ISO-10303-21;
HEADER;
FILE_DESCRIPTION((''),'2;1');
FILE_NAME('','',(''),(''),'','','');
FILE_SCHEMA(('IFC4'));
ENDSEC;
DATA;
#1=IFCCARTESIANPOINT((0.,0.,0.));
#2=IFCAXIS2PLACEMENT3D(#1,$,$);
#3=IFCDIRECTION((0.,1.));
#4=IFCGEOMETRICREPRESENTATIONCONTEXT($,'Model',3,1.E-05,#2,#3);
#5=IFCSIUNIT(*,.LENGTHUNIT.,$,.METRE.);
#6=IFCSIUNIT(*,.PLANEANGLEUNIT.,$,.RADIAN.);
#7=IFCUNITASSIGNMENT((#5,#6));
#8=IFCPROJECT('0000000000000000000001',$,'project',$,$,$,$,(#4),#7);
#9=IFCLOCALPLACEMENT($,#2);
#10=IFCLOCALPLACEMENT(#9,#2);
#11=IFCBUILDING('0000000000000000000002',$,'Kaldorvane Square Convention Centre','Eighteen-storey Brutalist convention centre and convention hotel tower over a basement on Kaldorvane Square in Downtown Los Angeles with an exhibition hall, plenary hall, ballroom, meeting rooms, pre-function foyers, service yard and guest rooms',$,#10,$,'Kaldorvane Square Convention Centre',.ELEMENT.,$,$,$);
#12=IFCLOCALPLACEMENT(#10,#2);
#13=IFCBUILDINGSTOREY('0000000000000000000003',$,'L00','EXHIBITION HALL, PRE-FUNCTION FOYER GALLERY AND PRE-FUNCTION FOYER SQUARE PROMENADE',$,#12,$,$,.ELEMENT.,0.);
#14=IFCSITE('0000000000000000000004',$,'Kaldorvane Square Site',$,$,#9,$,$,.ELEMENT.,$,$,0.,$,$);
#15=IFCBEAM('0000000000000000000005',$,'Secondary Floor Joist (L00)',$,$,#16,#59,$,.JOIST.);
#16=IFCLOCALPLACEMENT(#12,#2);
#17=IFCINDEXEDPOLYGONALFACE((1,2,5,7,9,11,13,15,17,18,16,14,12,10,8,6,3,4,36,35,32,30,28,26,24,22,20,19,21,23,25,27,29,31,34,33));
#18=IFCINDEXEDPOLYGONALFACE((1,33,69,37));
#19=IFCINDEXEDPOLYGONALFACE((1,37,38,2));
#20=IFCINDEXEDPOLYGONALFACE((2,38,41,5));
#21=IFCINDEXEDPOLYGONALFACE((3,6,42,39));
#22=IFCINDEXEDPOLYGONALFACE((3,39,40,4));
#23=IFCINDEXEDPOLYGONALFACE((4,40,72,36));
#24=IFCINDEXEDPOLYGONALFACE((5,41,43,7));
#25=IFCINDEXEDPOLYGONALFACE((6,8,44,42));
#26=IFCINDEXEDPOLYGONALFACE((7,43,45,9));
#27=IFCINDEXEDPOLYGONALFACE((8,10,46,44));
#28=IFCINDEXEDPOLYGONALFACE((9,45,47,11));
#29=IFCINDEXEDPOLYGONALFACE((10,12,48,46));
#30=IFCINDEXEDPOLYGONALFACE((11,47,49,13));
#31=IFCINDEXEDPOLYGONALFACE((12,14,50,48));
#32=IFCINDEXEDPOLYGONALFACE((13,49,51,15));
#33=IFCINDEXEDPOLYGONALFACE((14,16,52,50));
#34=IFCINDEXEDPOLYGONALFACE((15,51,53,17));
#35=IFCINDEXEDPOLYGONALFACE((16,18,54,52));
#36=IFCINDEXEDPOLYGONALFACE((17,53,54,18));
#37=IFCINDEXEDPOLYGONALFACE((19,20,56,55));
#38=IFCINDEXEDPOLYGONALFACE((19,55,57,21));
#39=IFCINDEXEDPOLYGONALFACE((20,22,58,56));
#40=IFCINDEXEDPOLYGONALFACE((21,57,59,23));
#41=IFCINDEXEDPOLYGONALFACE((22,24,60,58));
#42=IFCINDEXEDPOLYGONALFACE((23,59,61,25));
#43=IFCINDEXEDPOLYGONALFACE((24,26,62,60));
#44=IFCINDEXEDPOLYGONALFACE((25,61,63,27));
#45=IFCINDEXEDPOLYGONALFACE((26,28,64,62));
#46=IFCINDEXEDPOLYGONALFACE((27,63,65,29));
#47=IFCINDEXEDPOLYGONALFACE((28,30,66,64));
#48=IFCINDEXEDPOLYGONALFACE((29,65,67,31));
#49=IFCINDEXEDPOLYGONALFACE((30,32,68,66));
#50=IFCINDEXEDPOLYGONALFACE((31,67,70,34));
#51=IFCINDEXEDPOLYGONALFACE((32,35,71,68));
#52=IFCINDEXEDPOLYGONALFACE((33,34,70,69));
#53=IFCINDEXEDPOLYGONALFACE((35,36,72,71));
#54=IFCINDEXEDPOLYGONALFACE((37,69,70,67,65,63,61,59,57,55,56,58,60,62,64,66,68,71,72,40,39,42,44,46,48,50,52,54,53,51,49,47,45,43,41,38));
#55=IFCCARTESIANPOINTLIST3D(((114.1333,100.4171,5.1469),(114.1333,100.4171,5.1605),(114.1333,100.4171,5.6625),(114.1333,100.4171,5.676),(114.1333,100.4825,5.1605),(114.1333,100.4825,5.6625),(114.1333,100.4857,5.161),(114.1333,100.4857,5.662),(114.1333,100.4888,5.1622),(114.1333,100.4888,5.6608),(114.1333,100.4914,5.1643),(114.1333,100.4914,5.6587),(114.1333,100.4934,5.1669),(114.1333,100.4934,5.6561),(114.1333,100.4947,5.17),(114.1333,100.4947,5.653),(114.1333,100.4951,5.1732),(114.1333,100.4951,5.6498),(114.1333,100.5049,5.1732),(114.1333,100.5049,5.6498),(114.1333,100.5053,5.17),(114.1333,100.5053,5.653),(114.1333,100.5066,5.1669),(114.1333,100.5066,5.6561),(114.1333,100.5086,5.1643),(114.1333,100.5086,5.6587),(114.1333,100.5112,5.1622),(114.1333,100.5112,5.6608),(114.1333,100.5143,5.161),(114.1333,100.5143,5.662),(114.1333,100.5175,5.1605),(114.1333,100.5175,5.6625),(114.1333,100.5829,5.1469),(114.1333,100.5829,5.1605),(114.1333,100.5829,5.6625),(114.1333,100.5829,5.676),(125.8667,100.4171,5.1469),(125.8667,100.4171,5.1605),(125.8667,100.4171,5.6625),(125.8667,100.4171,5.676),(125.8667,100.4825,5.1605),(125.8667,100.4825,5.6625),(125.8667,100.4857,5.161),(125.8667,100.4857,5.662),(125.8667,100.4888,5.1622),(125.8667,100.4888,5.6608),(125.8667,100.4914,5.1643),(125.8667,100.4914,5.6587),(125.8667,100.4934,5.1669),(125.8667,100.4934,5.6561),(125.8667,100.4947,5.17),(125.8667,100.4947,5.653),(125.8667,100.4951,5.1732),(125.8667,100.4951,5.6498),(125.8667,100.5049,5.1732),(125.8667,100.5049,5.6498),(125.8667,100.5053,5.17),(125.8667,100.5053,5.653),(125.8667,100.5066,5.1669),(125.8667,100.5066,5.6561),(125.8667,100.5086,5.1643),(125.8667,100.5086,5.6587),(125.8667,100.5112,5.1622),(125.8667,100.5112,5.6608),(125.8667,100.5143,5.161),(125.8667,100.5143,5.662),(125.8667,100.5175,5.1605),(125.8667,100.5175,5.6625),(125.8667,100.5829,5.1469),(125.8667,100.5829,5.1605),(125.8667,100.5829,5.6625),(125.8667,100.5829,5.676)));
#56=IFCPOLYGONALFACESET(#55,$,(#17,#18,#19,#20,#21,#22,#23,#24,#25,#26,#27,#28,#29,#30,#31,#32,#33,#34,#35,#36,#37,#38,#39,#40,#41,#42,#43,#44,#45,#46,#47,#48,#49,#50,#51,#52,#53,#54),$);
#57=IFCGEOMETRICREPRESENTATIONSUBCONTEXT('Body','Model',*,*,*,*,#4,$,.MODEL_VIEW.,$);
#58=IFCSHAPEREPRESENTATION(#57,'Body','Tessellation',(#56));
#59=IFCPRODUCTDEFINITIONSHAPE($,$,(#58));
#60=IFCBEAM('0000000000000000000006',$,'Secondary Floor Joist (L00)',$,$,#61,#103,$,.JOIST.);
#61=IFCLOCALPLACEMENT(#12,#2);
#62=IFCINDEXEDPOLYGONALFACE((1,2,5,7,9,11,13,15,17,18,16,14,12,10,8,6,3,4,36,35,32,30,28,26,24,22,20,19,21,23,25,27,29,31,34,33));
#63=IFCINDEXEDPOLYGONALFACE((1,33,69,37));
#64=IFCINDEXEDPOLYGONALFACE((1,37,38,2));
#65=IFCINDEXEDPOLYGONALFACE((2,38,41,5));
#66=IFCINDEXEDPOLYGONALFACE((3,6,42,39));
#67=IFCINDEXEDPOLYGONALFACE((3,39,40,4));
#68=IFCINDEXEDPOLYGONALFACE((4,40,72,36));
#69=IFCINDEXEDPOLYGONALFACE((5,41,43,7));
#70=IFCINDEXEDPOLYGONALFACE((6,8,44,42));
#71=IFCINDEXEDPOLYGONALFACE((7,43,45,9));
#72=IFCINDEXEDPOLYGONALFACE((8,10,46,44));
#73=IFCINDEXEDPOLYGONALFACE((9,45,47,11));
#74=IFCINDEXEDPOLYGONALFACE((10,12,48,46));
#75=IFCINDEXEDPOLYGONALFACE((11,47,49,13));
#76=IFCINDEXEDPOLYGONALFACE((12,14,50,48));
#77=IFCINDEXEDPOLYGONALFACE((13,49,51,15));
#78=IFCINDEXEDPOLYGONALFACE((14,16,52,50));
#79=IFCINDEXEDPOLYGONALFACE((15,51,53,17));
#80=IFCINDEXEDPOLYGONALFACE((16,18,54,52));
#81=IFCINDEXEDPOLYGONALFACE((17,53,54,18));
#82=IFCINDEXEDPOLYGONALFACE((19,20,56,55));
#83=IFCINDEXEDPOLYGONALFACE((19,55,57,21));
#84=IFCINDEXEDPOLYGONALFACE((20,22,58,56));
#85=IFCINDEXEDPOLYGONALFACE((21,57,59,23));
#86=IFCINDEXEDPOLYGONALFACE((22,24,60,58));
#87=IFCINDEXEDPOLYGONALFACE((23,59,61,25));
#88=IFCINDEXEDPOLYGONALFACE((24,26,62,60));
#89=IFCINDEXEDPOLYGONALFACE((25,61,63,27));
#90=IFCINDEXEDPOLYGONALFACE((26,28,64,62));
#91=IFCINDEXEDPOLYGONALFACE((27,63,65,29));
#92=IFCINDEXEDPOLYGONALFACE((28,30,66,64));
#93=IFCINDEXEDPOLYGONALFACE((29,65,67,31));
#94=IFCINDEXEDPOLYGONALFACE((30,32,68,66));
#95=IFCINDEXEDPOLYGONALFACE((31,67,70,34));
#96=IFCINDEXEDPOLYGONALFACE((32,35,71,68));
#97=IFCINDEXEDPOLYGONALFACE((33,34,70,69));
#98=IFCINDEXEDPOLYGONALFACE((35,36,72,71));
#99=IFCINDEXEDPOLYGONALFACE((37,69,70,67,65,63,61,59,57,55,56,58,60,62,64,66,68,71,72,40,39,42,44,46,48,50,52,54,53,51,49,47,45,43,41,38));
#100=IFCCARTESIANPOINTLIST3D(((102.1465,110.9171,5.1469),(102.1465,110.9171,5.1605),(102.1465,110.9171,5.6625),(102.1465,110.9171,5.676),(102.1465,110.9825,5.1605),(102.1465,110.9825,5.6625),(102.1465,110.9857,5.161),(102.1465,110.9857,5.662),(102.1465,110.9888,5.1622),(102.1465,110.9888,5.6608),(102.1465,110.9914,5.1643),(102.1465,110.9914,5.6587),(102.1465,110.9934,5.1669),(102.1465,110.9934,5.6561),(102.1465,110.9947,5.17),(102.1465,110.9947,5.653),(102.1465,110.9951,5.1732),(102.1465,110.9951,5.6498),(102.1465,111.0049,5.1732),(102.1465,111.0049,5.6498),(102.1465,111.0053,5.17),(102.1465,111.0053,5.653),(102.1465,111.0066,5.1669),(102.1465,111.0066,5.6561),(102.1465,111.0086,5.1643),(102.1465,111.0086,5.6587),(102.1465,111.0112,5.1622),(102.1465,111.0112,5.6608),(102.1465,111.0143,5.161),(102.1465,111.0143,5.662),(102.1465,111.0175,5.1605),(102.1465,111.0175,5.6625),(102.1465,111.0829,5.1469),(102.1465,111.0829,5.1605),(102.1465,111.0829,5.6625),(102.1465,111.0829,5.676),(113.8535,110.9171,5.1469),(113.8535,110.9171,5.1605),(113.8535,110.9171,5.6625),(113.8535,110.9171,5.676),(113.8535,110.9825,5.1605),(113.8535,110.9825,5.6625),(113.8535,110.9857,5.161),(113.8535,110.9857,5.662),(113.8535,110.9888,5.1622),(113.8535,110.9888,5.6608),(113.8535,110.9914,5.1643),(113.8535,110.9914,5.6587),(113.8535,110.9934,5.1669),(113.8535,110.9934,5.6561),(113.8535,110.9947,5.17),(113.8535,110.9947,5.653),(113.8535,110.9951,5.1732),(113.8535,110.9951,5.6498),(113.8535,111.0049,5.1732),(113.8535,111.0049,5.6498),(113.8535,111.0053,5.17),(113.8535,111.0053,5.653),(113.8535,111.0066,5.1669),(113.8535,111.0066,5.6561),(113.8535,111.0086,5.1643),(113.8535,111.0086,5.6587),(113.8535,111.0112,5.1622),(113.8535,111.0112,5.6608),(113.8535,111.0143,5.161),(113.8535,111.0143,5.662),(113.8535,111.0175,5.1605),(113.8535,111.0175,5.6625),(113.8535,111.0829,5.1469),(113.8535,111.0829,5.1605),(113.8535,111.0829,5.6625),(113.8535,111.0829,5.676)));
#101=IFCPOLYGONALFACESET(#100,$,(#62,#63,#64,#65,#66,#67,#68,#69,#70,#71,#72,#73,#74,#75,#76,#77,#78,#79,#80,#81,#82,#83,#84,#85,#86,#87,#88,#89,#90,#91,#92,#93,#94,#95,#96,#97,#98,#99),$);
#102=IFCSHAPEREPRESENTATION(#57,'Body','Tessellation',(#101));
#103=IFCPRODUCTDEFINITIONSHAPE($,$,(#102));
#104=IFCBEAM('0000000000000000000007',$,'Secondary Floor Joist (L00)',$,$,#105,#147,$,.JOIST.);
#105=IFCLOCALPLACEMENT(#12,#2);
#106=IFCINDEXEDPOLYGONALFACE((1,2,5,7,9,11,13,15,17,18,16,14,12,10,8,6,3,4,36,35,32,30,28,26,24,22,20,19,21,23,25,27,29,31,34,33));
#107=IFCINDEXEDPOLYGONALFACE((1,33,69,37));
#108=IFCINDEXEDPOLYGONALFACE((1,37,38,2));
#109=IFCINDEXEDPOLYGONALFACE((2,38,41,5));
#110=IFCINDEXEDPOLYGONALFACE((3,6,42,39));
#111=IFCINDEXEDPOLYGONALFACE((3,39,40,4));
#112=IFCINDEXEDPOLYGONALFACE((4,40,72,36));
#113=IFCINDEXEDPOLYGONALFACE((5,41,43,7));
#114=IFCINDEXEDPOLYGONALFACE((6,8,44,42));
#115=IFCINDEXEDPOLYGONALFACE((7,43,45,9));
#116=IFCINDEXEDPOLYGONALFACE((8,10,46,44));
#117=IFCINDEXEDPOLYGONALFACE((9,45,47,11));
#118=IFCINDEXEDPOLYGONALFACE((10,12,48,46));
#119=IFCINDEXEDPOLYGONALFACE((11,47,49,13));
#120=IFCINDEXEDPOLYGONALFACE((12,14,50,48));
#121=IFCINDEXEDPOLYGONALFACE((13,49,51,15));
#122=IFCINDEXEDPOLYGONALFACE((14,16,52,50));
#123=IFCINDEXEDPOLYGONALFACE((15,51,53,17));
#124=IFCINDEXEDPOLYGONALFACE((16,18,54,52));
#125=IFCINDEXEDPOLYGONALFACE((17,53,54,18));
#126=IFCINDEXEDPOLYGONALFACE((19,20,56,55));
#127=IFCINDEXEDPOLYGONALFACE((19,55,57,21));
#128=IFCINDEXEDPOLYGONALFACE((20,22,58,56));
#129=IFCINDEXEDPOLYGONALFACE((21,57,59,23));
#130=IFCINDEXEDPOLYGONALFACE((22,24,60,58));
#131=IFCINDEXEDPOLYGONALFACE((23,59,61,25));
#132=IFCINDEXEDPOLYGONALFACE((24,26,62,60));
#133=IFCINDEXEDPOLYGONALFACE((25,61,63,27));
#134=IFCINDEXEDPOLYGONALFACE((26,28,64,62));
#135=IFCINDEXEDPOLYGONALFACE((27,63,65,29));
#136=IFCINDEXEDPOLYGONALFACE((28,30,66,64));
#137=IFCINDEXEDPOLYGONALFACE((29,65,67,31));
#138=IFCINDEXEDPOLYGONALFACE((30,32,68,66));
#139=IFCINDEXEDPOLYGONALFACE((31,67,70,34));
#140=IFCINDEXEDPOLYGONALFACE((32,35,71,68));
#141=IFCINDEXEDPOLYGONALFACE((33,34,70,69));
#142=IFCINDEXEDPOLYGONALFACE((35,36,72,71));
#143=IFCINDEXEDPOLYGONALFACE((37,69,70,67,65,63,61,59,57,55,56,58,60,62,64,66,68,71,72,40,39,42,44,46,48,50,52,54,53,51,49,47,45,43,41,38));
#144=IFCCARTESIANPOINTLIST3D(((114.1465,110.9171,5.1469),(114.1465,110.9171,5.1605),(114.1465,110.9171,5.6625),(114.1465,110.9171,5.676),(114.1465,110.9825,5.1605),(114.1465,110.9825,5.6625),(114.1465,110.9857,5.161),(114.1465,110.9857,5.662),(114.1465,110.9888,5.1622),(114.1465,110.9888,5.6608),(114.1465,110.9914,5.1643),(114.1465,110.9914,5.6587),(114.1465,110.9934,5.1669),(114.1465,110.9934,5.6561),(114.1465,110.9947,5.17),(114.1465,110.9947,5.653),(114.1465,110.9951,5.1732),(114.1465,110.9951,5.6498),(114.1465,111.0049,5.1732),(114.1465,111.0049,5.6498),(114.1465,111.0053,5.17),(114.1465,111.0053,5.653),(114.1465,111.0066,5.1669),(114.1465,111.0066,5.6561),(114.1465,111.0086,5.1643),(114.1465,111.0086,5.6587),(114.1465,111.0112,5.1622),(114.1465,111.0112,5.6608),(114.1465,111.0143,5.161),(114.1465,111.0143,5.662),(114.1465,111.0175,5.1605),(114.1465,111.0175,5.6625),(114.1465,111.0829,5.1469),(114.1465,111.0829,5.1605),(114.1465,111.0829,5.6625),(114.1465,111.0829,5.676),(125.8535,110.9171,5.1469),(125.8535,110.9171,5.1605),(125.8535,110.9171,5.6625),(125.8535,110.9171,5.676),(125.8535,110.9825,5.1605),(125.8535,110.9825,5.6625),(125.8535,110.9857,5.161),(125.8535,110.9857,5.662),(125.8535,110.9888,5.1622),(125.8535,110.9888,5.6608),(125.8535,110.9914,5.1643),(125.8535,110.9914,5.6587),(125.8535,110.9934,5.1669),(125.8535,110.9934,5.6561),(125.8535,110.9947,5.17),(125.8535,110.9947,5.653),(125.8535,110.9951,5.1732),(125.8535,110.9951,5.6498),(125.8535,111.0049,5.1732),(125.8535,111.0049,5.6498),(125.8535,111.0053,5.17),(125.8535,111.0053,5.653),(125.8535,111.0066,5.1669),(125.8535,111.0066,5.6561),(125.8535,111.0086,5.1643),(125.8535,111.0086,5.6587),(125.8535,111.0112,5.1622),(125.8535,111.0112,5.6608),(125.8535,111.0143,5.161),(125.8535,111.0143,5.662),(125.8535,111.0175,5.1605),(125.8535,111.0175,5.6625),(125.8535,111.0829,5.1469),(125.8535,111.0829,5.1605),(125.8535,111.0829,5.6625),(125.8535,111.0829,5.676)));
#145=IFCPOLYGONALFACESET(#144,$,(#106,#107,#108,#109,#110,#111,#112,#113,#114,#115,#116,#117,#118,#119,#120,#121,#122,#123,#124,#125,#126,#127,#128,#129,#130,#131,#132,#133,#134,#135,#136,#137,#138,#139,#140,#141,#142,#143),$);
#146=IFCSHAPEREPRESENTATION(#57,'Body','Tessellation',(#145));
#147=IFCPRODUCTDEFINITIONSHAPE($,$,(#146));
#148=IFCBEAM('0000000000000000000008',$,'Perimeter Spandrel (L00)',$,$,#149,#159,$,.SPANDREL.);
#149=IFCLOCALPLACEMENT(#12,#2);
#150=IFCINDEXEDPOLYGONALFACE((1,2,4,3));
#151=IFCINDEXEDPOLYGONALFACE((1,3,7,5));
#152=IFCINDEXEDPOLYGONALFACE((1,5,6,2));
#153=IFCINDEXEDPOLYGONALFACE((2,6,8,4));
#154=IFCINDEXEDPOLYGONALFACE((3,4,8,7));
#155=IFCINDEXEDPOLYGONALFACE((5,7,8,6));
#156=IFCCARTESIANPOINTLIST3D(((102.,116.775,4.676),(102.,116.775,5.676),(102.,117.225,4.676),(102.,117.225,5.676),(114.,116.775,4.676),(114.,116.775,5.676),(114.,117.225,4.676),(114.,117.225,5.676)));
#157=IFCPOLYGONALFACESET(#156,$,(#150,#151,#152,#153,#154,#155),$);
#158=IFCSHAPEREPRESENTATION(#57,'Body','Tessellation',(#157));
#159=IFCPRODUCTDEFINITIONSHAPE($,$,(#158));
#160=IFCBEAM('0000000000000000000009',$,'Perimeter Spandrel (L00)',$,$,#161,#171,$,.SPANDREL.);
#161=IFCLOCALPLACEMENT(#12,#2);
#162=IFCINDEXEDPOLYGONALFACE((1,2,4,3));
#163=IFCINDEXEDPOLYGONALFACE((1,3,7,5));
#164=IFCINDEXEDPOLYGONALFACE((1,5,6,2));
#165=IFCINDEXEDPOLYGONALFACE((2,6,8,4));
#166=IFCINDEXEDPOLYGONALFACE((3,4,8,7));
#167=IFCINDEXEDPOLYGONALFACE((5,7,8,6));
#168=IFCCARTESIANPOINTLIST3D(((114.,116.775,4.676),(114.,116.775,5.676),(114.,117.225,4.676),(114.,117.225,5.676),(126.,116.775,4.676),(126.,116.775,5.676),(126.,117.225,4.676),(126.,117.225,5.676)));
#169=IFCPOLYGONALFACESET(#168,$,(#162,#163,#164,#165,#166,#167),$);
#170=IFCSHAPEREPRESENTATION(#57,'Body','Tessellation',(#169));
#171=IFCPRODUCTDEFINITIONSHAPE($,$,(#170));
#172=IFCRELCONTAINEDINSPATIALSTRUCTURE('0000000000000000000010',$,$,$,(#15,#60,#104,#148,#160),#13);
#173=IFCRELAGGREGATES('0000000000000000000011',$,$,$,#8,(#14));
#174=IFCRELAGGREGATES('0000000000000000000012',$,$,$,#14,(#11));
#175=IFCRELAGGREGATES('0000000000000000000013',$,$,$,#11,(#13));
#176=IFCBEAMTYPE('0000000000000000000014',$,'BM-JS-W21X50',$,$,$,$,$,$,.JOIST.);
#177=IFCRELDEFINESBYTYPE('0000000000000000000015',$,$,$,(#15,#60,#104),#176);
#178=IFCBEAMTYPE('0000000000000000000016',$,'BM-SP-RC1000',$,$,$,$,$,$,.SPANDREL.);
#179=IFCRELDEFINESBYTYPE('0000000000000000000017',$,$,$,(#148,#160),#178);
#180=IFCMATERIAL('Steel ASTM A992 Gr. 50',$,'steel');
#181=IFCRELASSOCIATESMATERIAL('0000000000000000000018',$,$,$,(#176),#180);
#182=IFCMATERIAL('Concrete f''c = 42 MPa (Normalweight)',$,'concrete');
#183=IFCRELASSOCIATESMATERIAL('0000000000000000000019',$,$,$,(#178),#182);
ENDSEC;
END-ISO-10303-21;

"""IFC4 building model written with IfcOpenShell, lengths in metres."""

from ifc_helpers import new_model, si_unit, direction, frame, origin, origin_2d, place, context, subcontext, project, spatial, rectangle, i_section, extrude, material, material_profile, profile_set, type_object, element, save


model = new_model("IFC4")

# Units and contexts
model_context = context("Model", 3, precision=1e-05, world=origin(), true_north=direction((0.0, 1.0)))
body_context = subcontext(model_context, "Body", "Model", "MODEL_VIEW")
ifc_project = project(units=[si_unit("LENGTHUNIT", "METRE"), si_unit("PLANEANGLEUNIT", "RADIAN")], contexts=[model_context])

# Site, building, storey
site_placement = place(None, origin())
site = spatial("IfcSite", under=ifc_project, at=site_placement, Name="Kaldorvane Square Site", CompositionType="ELEMENT", RefElevation=0.0)
building_placement = place(site_placement, origin())
building = spatial("IfcBuilding", under=site, at=building_placement, Name="Kaldorvane Square Convention Centre", Description="Eighteen-storey Brutalist convention centre and convention hotel tower over a basement on Kaldorvane Square in Downtown Los Angeles with an exhibition hall, plenary hall, ballroom, meeting rooms, pre-function foyers, service yard and guest rooms", LongName="Kaldorvane Square Convention Centre", CompositionType="ELEMENT")
storey_placement = place(building_placement, origin())
storey = spatial("IfcBuildingStorey", under=building, at=storey_placement, Name="L00", Description="EXHIBITION HALL, PRE-FUNCTION FOYER GALLERY AND PRE-FUNCTION FOYER SQUARE PROMENADE", CompositionType="ELEMENT", Elevation=0.0)

# Shared definitions
ifc_material_1 = material(Name="Steel ASTM A992 Gr. 50", Category="steel")

# Beams
ifc_material_profile_1 = material_profile(ifc_material_1, i_section(OverallWidth=0.1659, OverallDepth=0.5291, WebThickness=0.0097, FlangeThickness=0.0136, FilletRadius=0.0127, at=origin_2d()), Name="W21X50")
ifc_profile_set_1 = profile_set([ifc_material_profile_1], Name="Steel ASTM A992 Gr. 50")
beam_type_1 = type_object("IfcBeamType", Name="BM-JS-W21X50", PredefinedType="JOIST", material=ifc_profile_set_1)
for number, where, z_axis, x_axis, name in (
    (1, (114.1333, 100.5, 5.4115), (1.0, 0.0, 0.0), (0.0, 1.0, 0.0), "Secondary Floor Joist (L00)"),
):
    element("IfcBeam", number, at=place(storey_placement, frame(where, z_axis=z_axis, x_axis=x_axis)), inside=storey, type_object=beam_type_1, Name=name, PredefinedType="JOIST", context=body_context, shape_type="SweptSolid", body=[
        extrude(i_section(OverallWidth=0.1659, OverallDepth=0.5291, WebThickness=0.0097, FlangeThickness=0.0136, FilletRadius=0.0127, at=origin_2d()), origin(), (0.0, 0.0, 1.0), 11.7334),
    ])
for number, where, z_axis, x_axis, name in (
    (2, (102.1465, 111.0, 5.4115), (1.0, 0.0, 0.0), (0.0, 1.0, 0.0), "Secondary Floor Joist (L00)"),
    (3, (114.1465, 111.0, 5.4115), (1.0, 0.0, 0.0), (0.0, 1.0, 0.0), "Secondary Floor Joist (L00)"),
):
    element("IfcBeam", number, at=place(storey_placement, frame(where, z_axis=z_axis, x_axis=x_axis)), inside=storey, type_object=beam_type_1, Name=name, PredefinedType="JOIST", context=body_context, shape_type="SweptSolid", body=[
        extrude(i_section(OverallWidth=0.1659, OverallDepth=0.5291, WebThickness=0.0097, FlangeThickness=0.0136, FilletRadius=0.0127, at=origin_2d()), origin(), (0.0, 0.0, 1.0), 11.707),
    ])
ifc_material_2 = material(Name="Concrete f'c = 42 MPa (Normalweight)", Category="concrete")
ifc_material_profile_2 = material_profile(ifc_material_2, rectangle(XDim=0.45, YDim=1.0, at=origin_2d()), Name="RCSP1000X450")
ifc_profile_set_2 = profile_set([ifc_material_profile_2], Name="Concrete f'c = 42 MPa (Normalweight)")
beam_type_2 = type_object("IfcBeamType", Name="BM-SP-RC1000", PredefinedType="SPANDREL", material=ifc_profile_set_2)
for number, where, z_axis, x_axis, name in (
    (4, (102.0, 117.0, 5.176), (1.0, 0.0, 0.0), (0.0, 1.0, 0.0), "Perimeter Spandrel (L00)"),
    (5, (114.0, 117.0, 5.176), (1.0, 0.0, 0.0), (0.0, 1.0, 0.0), "Perimeter Spandrel (L00)"),
):
    element("IfcBeam", number, at=place(storey_placement, frame(where, z_axis=z_axis, x_axis=x_axis)), inside=storey, type_object=beam_type_2, Name=name, PredefinedType="SPANDREL", context=body_context, shape_type="SweptSolid", body=[
        extrude(rectangle(XDim=0.45, YDim=1.0, at=origin_2d()), origin(), (0.0, 0.0, 1.0), 12.0),
    ])

save(model, "model.ifc")
